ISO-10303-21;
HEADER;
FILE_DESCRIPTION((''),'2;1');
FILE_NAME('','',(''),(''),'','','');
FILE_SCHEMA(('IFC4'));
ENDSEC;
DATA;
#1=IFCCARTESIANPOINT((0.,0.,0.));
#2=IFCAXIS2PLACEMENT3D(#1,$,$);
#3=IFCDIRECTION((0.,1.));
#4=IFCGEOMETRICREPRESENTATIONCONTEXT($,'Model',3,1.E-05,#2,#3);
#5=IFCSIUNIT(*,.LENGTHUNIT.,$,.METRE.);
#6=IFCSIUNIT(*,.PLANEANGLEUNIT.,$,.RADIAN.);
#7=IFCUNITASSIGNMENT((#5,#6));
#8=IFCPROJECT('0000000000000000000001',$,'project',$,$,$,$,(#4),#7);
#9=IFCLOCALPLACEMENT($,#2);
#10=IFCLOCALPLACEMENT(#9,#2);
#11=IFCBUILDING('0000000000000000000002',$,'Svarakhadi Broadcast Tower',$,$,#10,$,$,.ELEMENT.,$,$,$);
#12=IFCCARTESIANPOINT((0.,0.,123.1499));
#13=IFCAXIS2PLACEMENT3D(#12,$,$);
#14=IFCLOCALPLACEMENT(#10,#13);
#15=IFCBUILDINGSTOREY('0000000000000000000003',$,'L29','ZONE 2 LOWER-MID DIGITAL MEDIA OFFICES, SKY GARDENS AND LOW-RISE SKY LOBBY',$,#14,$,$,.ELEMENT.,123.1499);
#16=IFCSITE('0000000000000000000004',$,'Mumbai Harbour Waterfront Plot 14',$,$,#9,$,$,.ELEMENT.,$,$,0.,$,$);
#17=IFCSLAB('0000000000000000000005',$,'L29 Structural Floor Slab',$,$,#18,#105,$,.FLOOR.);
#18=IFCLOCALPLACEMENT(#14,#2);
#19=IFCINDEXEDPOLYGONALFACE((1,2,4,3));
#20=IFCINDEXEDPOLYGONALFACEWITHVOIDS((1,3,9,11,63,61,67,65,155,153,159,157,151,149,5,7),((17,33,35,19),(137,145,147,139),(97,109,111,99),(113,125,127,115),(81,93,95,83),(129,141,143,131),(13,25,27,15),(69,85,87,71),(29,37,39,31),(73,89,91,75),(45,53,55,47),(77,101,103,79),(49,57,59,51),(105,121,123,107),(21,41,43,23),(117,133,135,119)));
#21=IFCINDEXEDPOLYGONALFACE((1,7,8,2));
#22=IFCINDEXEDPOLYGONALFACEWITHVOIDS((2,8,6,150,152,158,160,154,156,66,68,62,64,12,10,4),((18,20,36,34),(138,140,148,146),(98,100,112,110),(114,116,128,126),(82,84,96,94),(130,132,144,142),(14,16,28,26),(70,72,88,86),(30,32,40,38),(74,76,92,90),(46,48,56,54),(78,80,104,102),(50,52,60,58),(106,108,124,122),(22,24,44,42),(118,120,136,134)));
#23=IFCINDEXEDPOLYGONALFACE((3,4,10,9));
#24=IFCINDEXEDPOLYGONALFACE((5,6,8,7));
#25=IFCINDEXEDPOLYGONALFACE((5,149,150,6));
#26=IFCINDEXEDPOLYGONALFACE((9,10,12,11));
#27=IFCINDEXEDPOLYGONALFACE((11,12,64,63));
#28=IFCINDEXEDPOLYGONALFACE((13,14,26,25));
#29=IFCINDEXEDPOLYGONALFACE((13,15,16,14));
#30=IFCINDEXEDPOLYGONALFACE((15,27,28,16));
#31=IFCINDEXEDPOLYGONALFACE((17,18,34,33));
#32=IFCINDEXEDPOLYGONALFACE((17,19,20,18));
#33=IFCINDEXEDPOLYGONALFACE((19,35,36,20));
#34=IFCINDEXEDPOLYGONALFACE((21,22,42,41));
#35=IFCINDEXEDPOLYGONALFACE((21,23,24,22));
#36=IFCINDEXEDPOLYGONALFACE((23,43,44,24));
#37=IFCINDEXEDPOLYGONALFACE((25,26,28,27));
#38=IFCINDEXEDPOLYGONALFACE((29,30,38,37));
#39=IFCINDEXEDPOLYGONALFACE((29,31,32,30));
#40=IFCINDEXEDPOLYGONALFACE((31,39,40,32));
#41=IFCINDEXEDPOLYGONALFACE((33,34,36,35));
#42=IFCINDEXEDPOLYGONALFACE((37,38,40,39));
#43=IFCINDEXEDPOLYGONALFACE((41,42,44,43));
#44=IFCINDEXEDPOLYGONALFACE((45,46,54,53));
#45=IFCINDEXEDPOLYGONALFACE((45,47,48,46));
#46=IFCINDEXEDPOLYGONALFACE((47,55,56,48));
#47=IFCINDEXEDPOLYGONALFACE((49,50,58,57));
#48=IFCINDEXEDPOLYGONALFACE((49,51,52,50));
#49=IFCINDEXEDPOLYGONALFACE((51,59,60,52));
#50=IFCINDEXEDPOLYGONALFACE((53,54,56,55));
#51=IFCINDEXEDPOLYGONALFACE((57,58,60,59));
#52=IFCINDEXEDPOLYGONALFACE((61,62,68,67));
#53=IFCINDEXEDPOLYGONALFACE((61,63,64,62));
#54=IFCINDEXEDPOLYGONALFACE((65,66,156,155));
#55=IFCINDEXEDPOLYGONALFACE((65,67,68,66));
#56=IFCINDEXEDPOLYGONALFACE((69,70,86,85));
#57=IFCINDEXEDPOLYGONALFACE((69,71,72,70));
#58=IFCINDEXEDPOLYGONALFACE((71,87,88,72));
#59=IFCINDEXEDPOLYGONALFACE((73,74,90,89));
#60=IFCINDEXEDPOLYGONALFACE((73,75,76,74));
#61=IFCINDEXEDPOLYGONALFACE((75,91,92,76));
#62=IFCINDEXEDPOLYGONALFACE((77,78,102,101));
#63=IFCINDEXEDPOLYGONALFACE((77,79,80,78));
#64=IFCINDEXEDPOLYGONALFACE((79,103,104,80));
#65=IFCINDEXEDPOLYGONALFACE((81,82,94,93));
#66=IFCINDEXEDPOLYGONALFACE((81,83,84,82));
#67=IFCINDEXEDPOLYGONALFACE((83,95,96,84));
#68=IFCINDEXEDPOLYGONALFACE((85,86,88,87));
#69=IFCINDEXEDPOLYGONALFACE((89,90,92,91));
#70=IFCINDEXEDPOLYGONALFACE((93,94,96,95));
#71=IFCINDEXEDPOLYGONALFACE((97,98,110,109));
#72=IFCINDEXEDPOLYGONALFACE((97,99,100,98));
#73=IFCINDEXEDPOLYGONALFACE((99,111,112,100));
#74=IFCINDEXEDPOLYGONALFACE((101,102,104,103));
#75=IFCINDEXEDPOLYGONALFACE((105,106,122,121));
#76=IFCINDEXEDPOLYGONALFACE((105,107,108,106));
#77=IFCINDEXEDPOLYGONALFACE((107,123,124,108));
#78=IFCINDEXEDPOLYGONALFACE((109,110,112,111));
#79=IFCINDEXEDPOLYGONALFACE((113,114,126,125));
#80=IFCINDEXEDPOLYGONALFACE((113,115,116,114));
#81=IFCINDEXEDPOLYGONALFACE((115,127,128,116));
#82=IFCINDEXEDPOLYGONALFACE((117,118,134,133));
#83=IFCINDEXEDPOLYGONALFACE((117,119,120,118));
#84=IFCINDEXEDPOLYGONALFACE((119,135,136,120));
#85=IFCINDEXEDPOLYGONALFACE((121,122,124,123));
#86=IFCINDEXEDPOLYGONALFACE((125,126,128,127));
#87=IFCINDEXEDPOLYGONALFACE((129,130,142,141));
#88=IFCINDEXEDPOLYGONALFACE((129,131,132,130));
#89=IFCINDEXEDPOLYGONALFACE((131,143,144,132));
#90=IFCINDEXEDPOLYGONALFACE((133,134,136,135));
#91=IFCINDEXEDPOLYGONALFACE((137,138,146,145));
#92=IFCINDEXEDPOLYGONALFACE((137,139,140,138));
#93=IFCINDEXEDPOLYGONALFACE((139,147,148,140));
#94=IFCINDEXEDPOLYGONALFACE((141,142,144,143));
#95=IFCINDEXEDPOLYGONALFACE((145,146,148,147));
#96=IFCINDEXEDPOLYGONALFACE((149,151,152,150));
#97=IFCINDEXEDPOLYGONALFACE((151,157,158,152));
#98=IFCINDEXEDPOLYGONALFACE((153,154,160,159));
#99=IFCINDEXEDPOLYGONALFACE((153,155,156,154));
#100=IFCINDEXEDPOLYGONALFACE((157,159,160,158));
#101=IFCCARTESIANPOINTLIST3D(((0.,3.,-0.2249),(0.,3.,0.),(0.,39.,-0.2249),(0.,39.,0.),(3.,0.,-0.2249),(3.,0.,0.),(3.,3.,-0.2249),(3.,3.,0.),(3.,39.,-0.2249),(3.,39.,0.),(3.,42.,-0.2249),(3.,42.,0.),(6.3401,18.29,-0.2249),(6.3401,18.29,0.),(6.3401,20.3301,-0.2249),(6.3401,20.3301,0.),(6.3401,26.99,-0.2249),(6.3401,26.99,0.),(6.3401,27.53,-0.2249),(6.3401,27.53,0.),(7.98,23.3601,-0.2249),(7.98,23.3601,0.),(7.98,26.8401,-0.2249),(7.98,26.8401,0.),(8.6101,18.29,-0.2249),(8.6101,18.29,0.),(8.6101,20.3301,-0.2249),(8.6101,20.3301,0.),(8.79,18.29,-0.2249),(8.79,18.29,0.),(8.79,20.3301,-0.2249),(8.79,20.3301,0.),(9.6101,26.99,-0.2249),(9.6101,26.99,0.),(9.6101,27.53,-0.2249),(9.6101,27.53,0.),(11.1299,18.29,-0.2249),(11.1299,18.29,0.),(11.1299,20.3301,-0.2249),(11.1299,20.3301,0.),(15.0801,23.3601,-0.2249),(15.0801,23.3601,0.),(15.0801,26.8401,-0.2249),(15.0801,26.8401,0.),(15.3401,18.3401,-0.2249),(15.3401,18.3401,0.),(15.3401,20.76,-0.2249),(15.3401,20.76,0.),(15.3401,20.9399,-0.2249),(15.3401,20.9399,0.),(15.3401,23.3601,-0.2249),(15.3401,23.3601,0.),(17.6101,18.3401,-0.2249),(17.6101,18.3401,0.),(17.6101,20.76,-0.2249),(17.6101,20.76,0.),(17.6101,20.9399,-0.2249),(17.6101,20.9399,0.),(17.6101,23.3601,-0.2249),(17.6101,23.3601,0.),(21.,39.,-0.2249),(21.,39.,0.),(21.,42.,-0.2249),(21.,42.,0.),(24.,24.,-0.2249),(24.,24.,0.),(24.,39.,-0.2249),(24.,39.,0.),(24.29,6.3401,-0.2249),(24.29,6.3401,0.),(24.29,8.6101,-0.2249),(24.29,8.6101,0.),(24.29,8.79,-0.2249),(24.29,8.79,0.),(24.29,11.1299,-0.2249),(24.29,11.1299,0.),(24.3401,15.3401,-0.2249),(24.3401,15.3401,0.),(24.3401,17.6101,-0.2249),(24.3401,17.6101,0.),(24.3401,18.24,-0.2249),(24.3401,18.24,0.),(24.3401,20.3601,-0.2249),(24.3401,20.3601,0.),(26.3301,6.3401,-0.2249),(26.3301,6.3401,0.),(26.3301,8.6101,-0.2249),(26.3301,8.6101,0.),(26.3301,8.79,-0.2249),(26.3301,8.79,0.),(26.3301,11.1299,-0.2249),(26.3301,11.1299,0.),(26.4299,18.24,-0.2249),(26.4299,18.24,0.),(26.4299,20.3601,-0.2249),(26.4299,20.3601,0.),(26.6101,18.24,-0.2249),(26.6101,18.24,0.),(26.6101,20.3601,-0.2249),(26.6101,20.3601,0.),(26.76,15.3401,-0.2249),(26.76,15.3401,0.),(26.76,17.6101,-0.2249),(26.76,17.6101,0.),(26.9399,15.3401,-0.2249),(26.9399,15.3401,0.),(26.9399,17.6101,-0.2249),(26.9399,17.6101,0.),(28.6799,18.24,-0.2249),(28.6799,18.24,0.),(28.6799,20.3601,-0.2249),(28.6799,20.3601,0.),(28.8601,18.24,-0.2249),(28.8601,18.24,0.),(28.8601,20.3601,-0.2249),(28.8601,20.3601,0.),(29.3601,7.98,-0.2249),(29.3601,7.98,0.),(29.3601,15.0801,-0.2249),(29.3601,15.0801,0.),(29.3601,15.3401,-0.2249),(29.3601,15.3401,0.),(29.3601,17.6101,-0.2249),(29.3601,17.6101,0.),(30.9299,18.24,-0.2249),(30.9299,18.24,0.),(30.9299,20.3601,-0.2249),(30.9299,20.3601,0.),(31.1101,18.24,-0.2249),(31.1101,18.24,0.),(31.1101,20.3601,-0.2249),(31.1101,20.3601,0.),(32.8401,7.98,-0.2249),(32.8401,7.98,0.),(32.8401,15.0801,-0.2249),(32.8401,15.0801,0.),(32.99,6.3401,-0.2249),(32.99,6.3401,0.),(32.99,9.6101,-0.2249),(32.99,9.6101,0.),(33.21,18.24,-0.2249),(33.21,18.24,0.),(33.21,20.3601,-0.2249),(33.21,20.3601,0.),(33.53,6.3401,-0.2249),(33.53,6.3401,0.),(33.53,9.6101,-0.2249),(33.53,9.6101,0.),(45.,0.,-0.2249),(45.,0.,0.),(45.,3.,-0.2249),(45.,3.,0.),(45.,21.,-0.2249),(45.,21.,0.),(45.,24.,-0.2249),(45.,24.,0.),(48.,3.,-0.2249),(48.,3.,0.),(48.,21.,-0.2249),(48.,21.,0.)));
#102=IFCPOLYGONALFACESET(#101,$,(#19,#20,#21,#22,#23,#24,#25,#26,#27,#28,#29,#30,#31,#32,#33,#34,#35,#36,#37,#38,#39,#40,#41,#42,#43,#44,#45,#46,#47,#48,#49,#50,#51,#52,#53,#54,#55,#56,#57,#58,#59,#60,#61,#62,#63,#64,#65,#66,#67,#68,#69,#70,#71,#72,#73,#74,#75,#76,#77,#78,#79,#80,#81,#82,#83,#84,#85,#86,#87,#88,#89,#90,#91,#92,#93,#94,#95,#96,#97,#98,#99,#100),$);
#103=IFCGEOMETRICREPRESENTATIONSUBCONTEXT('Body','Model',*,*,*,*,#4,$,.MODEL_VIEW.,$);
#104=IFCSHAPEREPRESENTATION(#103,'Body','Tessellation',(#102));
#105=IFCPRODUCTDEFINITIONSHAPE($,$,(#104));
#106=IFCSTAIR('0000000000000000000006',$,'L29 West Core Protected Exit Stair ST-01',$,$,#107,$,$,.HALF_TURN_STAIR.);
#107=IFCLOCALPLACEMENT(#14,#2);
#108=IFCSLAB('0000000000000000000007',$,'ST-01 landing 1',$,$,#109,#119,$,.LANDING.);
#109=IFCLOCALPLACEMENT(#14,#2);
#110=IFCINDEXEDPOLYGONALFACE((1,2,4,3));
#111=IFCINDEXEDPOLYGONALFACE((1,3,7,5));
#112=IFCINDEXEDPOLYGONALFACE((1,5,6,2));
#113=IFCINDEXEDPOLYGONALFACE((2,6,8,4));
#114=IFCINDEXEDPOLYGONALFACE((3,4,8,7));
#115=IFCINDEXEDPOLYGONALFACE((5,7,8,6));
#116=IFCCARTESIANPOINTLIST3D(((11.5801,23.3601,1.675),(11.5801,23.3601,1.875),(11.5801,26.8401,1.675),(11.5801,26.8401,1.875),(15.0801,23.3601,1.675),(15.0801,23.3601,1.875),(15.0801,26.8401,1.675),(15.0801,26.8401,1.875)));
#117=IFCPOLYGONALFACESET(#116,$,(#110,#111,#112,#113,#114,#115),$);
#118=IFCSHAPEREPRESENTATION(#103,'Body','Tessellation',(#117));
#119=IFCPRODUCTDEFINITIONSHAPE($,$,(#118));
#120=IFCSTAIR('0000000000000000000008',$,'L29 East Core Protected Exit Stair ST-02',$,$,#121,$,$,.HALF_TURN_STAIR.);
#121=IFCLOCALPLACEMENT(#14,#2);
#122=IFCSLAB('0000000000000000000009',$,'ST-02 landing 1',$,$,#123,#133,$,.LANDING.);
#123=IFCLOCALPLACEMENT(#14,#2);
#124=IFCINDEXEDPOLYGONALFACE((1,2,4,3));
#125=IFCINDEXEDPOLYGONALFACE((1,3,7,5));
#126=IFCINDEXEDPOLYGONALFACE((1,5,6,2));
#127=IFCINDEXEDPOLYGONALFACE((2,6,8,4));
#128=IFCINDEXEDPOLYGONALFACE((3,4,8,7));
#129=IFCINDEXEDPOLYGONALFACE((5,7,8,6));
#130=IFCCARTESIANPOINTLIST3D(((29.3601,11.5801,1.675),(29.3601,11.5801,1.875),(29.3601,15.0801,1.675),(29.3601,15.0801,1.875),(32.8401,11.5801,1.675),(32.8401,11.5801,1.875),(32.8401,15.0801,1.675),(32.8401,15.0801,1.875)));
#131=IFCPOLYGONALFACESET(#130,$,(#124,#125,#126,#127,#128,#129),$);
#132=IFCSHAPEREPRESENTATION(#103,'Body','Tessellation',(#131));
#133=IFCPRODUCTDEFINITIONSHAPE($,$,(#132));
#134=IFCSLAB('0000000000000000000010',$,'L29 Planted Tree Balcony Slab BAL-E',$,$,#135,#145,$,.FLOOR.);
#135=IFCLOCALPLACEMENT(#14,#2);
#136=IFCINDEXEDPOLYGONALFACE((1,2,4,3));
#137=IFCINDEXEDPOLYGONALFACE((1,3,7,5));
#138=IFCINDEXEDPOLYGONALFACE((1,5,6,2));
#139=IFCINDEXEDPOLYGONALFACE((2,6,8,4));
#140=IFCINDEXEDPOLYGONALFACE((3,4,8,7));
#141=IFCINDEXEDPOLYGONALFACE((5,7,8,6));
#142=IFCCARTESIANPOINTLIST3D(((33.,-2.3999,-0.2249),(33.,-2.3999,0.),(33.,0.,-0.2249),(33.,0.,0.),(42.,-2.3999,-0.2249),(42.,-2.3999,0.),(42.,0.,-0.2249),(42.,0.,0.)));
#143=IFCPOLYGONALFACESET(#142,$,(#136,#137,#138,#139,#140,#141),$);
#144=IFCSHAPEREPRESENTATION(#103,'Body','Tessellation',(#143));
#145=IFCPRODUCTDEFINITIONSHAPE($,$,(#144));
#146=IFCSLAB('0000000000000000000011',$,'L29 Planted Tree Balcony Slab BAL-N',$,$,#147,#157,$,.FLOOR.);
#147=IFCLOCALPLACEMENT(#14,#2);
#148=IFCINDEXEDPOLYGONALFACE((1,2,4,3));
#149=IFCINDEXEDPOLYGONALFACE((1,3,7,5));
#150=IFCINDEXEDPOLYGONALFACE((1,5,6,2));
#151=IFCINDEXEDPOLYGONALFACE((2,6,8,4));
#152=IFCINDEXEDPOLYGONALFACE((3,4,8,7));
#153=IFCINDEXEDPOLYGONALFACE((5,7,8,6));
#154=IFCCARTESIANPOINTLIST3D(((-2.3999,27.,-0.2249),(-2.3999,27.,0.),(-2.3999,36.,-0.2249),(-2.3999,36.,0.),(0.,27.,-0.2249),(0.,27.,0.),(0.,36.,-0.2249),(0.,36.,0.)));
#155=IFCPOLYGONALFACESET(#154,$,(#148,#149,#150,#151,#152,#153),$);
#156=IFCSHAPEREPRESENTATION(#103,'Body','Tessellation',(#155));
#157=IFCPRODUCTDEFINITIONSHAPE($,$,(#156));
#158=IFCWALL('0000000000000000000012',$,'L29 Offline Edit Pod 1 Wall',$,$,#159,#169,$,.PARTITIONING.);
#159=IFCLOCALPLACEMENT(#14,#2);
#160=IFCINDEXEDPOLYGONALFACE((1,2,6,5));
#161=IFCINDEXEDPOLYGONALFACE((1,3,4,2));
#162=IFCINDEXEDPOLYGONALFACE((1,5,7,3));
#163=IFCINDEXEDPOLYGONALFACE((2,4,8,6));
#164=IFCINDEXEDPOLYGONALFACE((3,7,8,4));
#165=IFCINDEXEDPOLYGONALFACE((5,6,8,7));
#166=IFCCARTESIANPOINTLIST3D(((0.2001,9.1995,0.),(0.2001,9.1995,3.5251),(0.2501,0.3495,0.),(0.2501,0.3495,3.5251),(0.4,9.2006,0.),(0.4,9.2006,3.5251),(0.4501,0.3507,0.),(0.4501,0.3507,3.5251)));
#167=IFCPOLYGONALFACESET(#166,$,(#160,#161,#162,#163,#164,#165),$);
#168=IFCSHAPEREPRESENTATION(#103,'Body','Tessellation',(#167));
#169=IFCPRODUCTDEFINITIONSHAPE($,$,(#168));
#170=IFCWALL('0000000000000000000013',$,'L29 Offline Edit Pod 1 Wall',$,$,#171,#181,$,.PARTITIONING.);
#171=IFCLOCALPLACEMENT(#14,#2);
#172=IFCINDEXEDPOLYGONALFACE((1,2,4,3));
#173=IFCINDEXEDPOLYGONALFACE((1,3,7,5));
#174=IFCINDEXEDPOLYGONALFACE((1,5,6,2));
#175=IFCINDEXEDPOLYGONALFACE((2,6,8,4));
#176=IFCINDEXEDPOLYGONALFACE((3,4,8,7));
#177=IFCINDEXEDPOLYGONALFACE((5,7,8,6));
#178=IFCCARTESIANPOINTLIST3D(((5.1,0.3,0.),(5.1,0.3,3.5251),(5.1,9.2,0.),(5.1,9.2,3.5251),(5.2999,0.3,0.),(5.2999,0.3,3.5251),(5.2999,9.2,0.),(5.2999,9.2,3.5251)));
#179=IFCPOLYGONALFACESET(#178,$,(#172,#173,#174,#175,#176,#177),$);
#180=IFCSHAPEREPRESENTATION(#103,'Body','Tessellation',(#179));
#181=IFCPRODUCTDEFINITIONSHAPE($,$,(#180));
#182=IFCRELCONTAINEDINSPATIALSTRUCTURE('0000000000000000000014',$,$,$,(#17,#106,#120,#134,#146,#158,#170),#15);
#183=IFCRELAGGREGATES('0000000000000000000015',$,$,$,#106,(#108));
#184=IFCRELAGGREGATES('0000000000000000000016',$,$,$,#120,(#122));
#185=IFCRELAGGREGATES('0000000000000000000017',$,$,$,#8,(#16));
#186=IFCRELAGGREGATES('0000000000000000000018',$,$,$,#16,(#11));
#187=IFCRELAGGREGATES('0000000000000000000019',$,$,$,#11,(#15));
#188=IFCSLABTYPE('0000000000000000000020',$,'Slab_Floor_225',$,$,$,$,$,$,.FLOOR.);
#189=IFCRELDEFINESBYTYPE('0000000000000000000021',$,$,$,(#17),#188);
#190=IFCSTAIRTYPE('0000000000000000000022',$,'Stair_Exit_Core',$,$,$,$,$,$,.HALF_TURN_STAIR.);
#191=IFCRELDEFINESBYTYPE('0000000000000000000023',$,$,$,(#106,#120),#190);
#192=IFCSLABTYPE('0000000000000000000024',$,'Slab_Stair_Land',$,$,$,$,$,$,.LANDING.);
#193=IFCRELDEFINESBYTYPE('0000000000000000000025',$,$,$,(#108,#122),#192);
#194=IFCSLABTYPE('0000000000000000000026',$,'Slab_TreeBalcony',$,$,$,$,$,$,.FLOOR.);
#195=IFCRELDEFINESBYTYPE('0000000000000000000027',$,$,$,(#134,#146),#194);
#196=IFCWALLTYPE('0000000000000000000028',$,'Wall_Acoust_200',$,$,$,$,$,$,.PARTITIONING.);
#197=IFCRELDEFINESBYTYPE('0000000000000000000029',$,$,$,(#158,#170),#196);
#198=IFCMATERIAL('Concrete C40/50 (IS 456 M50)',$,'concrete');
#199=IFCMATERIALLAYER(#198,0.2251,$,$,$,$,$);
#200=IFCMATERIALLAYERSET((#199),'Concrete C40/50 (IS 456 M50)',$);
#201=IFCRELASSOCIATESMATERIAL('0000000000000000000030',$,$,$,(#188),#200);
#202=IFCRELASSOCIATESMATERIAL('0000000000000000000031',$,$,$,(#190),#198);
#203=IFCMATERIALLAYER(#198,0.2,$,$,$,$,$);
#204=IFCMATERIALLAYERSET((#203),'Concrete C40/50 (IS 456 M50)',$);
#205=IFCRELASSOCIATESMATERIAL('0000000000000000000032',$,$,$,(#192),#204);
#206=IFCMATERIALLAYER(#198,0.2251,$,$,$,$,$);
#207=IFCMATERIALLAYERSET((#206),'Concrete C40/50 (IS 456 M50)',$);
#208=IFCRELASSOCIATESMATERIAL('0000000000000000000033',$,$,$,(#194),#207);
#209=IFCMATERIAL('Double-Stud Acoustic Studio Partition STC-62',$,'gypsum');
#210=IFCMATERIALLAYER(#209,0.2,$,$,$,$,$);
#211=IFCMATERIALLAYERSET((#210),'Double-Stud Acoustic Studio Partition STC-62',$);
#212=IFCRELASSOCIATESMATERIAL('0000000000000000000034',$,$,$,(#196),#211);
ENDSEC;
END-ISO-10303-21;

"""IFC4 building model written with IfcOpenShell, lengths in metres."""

from ifc_helpers import new_model, si_unit, direction, frame, frame_2d, origin, place, context, subcontext, project, spatial, polyline, rectangle, outline, extrude, material, layer, layer_set, type_object, element, aggregate, save


model = new_model("IFC4")

# Units and contexts
model_context = context("Model", 3, precision=1e-05, world=origin(), true_north=direction((0.0, 1.0)))
body_context = subcontext(model_context, "Body", "Model", "MODEL_VIEW")
ifc_project = project(units=[si_unit("LENGTHUNIT", "METRE"), si_unit("PLANEANGLEUNIT", "RADIAN")], contexts=[model_context])

# Site, building, storey
site_placement = place(None, origin())
site = spatial("IfcSite", under=ifc_project, at=site_placement, Name="Mumbai Harbour Waterfront Plot 14", CompositionType="ELEMENT", RefElevation=0.0)
building_placement = place(site_placement, origin())
building = spatial("IfcBuilding", under=site, at=building_placement, Name="Svarakhadi Broadcast Tower", CompositionType="ELEMENT")
storey_placement = place(building_placement, frame((0.0, 0.0, 123.1499)))
storey = spatial("IfcBuildingStorey", under=building, at=storey_placement, Name="L29", Description="ZONE 2 LOWER-MID DIGITAL MEDIA OFFICES, SKY GARDENS AND LOW-RISE SKY LOBBY", CompositionType="ELEMENT", Elevation=123.1499)

# Slab
ifc_material_1 = material(Name="Concrete C40/50 (IS 456 M50)", Category="concrete")
ifc_layer_1 = layer(ifc_material_1, 0.2251)
ifc_layer_set_1 = layer_set([ifc_layer_1], Name="Concrete C40/50 (IS 456 M50)")
slab_type_1 = type_object("IfcSlabType", Name="Slab_Floor_225", PredefinedType="FLOOR", material=ifc_layer_set_1)
slab_1_placement = place(storey_placement, frame((0.0, 0.0, -0.2249)))
element("IfcSlab", 1, at=slab_1_placement, inside=storey, type_object=slab_type_1, Name="L29 Structural Floor Slab", PredefinedType="FLOOR", context=body_context, shape_type="SweptSolid", body=[
    extrude(outline(polyline([(3.0, 0.0), (45.0, 0.0), (45.0, 3.0), (48.0, 3.0), (48.0, 21.0), (45.0, 21.0), (45.0, 24.0), (24.0, 24.0), (24.0, 39.0), (21.0, 39.0), (21.0, 42.0), (3.0, 42.0), (3.0, 39.0), (0.0, 39.0), (0.0, 3.0), (3.0, 3.0), (3.0, 0.0)]), holes=[polyline([(7.98, 23.3601), (15.0801, 23.3601), (15.0801, 26.8401), (7.98, 26.8401), (7.98, 23.3601)]), polyline([(32.8401, 7.98), (32.8401, 15.0801), (29.3601, 15.0801), (29.3601, 7.98), (32.8401, 7.98)]), polyline([(6.3401, 18.29), (8.6101, 18.29), (8.6101, 20.3301), (6.3401, 20.3301), (6.3401, 18.29)]), polyline([(8.79, 18.29), (11.1299, 18.29), (11.1299, 20.3301), (8.79, 20.3301), (8.79, 18.29)]), polyline([(24.29, 6.3401), (26.3301, 6.3401), (26.3301, 8.6101), (24.29, 8.6101), (24.29, 6.3401)]), polyline([(24.29, 8.79), (26.3301, 8.79), (26.3301, 11.1299), (24.29, 11.1299), (24.29, 8.79)]), polyline([(6.3401, 26.99), (9.6101, 26.99), (9.6101, 27.53), (6.3401, 27.53), (6.3401, 26.99)]), polyline([(32.99, 6.3401), (33.53, 6.3401), (33.53, 9.6101), (32.99, 9.6101), (32.99, 6.3401)]), polyline([(15.3401, 18.3401), (17.6101, 18.3401), (17.6101, 20.76), (15.3401, 20.76), (15.3401, 18.3401)]), polyline([(15.3401, 20.9399), (17.6101, 20.9399), (17.6101, 23.3601), (15.3401, 23.3601), (15.3401, 20.9399)]), polyline([(24.3401, 15.3401), (26.76, 15.3401), (26.76, 17.6101), (24.3401, 17.6101), (24.3401, 15.3401)]), polyline([(26.9399, 15.3401), (29.3601, 15.3401), (29.3601, 17.6101), (26.9399, 17.6101), (26.9399, 15.3401)]), polyline([(24.3401, 18.24), (26.4299, 18.24), (26.4299, 20.3601), (24.3401, 20.3601), (24.3401, 18.24)]), polyline([(26.6101, 18.24), (28.6799, 18.24), (28.6799, 20.3601), (26.6101, 20.3601), (26.6101, 18.24)]), polyline([(28.8601, 18.24), (30.9299, 18.24), (30.9299, 20.3601), (28.8601, 20.3601), (28.8601, 18.24)]), polyline([(31.1101, 18.24), (33.21, 18.24), (33.21, 20.3601), (31.1101, 20.3601), (31.1101, 18.24)])]), origin(), (0.0, 0.0, 1.0), 0.2249),
])

# Stairs, slabs
stair_type = type_object("IfcStairType", Name="Stair_Exit_Core", PredefinedType="HALF_TURN_STAIR", material=ifc_material_1)
stair_1_placement = place(storey_placement, origin())
stair_1 = element("IfcStair", 2, at=stair_1_placement, inside=storey, type_object=stair_type, Name="L29 West Core Protected Exit Stair ST-01", PredefinedType="HALF_TURN_STAIR")
ifc_layer_2 = layer(ifc_material_1, 0.2)
ifc_layer_set_2 = layer_set([ifc_layer_2], Name="Concrete C40/50 (IS 456 M50)")
slab_type_2 = type_object("IfcSlabType", Name="Slab_Stair_Land", PredefinedType="LANDING", material=ifc_layer_set_2)
slab_2_placement = place(storey_placement, frame((0.0, 0.0, 1.675)))
slab_2 = element("IfcSlab", 3, at=slab_2_placement, type_object=slab_type_2, Name="ST-01 landing 1", PredefinedType="LANDING", context=body_context, shape_type="SweptSolid", body=[
    extrude(outline(polyline([(11.5801, 23.3601), (15.0801, 23.3601), (15.0801, 26.8401), (11.5801, 26.8401), (11.5801, 23.3601)])), origin(), (0.0, 0.0, 1.0), 0.2),
])
aggregate(stair_1, [slab_2])
stair_2_placement = place(storey_placement, origin())
stair_2 = element("IfcStair", 4, at=stair_2_placement, inside=storey, type_object=stair_type, Name="L29 East Core Protected Exit Stair ST-02", PredefinedType="HALF_TURN_STAIR")
slab_3_placement = place(storey_placement, frame((0.0, 0.0, 1.675)))
slab_3 = element("IfcSlab", 5, at=slab_3_placement, type_object=slab_type_2, Name="ST-02 landing 1", PredefinedType="LANDING", context=body_context, shape_type="SweptSolid", body=[
    extrude(outline(polyline([(32.8401, 11.5801), (32.8401, 15.0801), (29.3601, 15.0801), (29.3601, 11.5801), (32.8401, 11.5801)])), origin(), (0.0, 0.0, 1.0), 0.2),
])
aggregate(stair_2, [slab_3])

# Slabs
ifc_layer_3 = layer(ifc_material_1, 0.2251)
ifc_layer_set_3 = layer_set([ifc_layer_3], Name="Concrete C40/50 (IS 456 M50)")
slab_type_3 = type_object("IfcSlabType", Name="Slab_TreeBalcony", PredefinedType="FLOOR", material=ifc_layer_set_3)
slab_4_placement = place(storey_placement, frame((0.0, 0.0, -0.2249)))
element("IfcSlab", 6, at=slab_4_placement, inside=storey, type_object=slab_type_3, Name="L29 Planted Tree Balcony Slab BAL-E", PredefinedType="FLOOR", context=body_context, shape_type="SweptSolid", body=[
    extrude(outline(polyline([(33.0, -2.3999), (42.0, -2.3999), (42.0, 0.0), (33.0, 0.0), (33.0, -2.3999)])), origin(), (0.0, 0.0, 1.0), 0.2249),
])
slab_5_placement = place(storey_placement, frame((0.0, 0.0, -0.2249)))
element("IfcSlab", 7, at=slab_5_placement, inside=storey, type_object=slab_type_3, Name="L29 Planted Tree Balcony Slab BAL-N", PredefinedType="FLOOR", context=body_context, shape_type="SweptSolid", body=[
    extrude(outline(polyline([(-2.3999, 27.0), (0.0, 27.0), (0.0, 36.0), (-2.3999, 36.0), (-2.3999, 27.0)])), origin(), (0.0, 0.0, 1.0), 0.2249),
])

# Walls
ifc_material_2 = material(Name="Double-Stud Acoustic Studio Partition STC-62", Category="gypsum")
ifc_layer_4 = layer(ifc_material_2, 0.2)
ifc_layer_set_4 = layer_set([ifc_layer_4], Name="Double-Stud Acoustic Studio Partition STC-62")
wall_type = type_object("IfcWallType", Name="Wall_Acoust_200", PredefinedType="PARTITIONING", material=ifc_layer_set_4)
wall_1_placement = place(storey_placement, frame((0.3501, 0.3501, 0.0), z_axis=(0.0, 0.0, 1.0), x_axis=(-0.005655, 0.999984, 0.0)))
element("IfcWall", 8, at=wall_1_placement, inside=storey, type_object=wall_type, Name="L29 Offline Edit Pod 1 Wall", PredefinedType="PARTITIONING", context=body_context, shape_type="SweptSolid", body=[
    extrude(rectangle(XDim=8.8501, YDim=0.2, at=frame_2d((4.425, 0.0))), origin(), (0.0, 0.0, 1.0), 3.5251),
])
wall_2_placement = place(storey_placement, frame((5.2, 0.3, 0.0), z_axis=(0.0, 0.0, 1.0), x_axis=(0.0, 1.0, 0.0)))
element("IfcWall", 9, at=wall_2_placement, inside=storey, type_object=wall_type, Name="L29 Offline Edit Pod 1 Wall", PredefinedType="PARTITIONING", context=body_context, shape_type="SweptSolid", body=[
    extrude(rectangle(XDim=8.8999, YDim=0.2, at=frame_2d((4.45, 0.0))), origin(), (0.0, 0.0, 1.0), 3.5251),
])

save(model, "model.ifc")
